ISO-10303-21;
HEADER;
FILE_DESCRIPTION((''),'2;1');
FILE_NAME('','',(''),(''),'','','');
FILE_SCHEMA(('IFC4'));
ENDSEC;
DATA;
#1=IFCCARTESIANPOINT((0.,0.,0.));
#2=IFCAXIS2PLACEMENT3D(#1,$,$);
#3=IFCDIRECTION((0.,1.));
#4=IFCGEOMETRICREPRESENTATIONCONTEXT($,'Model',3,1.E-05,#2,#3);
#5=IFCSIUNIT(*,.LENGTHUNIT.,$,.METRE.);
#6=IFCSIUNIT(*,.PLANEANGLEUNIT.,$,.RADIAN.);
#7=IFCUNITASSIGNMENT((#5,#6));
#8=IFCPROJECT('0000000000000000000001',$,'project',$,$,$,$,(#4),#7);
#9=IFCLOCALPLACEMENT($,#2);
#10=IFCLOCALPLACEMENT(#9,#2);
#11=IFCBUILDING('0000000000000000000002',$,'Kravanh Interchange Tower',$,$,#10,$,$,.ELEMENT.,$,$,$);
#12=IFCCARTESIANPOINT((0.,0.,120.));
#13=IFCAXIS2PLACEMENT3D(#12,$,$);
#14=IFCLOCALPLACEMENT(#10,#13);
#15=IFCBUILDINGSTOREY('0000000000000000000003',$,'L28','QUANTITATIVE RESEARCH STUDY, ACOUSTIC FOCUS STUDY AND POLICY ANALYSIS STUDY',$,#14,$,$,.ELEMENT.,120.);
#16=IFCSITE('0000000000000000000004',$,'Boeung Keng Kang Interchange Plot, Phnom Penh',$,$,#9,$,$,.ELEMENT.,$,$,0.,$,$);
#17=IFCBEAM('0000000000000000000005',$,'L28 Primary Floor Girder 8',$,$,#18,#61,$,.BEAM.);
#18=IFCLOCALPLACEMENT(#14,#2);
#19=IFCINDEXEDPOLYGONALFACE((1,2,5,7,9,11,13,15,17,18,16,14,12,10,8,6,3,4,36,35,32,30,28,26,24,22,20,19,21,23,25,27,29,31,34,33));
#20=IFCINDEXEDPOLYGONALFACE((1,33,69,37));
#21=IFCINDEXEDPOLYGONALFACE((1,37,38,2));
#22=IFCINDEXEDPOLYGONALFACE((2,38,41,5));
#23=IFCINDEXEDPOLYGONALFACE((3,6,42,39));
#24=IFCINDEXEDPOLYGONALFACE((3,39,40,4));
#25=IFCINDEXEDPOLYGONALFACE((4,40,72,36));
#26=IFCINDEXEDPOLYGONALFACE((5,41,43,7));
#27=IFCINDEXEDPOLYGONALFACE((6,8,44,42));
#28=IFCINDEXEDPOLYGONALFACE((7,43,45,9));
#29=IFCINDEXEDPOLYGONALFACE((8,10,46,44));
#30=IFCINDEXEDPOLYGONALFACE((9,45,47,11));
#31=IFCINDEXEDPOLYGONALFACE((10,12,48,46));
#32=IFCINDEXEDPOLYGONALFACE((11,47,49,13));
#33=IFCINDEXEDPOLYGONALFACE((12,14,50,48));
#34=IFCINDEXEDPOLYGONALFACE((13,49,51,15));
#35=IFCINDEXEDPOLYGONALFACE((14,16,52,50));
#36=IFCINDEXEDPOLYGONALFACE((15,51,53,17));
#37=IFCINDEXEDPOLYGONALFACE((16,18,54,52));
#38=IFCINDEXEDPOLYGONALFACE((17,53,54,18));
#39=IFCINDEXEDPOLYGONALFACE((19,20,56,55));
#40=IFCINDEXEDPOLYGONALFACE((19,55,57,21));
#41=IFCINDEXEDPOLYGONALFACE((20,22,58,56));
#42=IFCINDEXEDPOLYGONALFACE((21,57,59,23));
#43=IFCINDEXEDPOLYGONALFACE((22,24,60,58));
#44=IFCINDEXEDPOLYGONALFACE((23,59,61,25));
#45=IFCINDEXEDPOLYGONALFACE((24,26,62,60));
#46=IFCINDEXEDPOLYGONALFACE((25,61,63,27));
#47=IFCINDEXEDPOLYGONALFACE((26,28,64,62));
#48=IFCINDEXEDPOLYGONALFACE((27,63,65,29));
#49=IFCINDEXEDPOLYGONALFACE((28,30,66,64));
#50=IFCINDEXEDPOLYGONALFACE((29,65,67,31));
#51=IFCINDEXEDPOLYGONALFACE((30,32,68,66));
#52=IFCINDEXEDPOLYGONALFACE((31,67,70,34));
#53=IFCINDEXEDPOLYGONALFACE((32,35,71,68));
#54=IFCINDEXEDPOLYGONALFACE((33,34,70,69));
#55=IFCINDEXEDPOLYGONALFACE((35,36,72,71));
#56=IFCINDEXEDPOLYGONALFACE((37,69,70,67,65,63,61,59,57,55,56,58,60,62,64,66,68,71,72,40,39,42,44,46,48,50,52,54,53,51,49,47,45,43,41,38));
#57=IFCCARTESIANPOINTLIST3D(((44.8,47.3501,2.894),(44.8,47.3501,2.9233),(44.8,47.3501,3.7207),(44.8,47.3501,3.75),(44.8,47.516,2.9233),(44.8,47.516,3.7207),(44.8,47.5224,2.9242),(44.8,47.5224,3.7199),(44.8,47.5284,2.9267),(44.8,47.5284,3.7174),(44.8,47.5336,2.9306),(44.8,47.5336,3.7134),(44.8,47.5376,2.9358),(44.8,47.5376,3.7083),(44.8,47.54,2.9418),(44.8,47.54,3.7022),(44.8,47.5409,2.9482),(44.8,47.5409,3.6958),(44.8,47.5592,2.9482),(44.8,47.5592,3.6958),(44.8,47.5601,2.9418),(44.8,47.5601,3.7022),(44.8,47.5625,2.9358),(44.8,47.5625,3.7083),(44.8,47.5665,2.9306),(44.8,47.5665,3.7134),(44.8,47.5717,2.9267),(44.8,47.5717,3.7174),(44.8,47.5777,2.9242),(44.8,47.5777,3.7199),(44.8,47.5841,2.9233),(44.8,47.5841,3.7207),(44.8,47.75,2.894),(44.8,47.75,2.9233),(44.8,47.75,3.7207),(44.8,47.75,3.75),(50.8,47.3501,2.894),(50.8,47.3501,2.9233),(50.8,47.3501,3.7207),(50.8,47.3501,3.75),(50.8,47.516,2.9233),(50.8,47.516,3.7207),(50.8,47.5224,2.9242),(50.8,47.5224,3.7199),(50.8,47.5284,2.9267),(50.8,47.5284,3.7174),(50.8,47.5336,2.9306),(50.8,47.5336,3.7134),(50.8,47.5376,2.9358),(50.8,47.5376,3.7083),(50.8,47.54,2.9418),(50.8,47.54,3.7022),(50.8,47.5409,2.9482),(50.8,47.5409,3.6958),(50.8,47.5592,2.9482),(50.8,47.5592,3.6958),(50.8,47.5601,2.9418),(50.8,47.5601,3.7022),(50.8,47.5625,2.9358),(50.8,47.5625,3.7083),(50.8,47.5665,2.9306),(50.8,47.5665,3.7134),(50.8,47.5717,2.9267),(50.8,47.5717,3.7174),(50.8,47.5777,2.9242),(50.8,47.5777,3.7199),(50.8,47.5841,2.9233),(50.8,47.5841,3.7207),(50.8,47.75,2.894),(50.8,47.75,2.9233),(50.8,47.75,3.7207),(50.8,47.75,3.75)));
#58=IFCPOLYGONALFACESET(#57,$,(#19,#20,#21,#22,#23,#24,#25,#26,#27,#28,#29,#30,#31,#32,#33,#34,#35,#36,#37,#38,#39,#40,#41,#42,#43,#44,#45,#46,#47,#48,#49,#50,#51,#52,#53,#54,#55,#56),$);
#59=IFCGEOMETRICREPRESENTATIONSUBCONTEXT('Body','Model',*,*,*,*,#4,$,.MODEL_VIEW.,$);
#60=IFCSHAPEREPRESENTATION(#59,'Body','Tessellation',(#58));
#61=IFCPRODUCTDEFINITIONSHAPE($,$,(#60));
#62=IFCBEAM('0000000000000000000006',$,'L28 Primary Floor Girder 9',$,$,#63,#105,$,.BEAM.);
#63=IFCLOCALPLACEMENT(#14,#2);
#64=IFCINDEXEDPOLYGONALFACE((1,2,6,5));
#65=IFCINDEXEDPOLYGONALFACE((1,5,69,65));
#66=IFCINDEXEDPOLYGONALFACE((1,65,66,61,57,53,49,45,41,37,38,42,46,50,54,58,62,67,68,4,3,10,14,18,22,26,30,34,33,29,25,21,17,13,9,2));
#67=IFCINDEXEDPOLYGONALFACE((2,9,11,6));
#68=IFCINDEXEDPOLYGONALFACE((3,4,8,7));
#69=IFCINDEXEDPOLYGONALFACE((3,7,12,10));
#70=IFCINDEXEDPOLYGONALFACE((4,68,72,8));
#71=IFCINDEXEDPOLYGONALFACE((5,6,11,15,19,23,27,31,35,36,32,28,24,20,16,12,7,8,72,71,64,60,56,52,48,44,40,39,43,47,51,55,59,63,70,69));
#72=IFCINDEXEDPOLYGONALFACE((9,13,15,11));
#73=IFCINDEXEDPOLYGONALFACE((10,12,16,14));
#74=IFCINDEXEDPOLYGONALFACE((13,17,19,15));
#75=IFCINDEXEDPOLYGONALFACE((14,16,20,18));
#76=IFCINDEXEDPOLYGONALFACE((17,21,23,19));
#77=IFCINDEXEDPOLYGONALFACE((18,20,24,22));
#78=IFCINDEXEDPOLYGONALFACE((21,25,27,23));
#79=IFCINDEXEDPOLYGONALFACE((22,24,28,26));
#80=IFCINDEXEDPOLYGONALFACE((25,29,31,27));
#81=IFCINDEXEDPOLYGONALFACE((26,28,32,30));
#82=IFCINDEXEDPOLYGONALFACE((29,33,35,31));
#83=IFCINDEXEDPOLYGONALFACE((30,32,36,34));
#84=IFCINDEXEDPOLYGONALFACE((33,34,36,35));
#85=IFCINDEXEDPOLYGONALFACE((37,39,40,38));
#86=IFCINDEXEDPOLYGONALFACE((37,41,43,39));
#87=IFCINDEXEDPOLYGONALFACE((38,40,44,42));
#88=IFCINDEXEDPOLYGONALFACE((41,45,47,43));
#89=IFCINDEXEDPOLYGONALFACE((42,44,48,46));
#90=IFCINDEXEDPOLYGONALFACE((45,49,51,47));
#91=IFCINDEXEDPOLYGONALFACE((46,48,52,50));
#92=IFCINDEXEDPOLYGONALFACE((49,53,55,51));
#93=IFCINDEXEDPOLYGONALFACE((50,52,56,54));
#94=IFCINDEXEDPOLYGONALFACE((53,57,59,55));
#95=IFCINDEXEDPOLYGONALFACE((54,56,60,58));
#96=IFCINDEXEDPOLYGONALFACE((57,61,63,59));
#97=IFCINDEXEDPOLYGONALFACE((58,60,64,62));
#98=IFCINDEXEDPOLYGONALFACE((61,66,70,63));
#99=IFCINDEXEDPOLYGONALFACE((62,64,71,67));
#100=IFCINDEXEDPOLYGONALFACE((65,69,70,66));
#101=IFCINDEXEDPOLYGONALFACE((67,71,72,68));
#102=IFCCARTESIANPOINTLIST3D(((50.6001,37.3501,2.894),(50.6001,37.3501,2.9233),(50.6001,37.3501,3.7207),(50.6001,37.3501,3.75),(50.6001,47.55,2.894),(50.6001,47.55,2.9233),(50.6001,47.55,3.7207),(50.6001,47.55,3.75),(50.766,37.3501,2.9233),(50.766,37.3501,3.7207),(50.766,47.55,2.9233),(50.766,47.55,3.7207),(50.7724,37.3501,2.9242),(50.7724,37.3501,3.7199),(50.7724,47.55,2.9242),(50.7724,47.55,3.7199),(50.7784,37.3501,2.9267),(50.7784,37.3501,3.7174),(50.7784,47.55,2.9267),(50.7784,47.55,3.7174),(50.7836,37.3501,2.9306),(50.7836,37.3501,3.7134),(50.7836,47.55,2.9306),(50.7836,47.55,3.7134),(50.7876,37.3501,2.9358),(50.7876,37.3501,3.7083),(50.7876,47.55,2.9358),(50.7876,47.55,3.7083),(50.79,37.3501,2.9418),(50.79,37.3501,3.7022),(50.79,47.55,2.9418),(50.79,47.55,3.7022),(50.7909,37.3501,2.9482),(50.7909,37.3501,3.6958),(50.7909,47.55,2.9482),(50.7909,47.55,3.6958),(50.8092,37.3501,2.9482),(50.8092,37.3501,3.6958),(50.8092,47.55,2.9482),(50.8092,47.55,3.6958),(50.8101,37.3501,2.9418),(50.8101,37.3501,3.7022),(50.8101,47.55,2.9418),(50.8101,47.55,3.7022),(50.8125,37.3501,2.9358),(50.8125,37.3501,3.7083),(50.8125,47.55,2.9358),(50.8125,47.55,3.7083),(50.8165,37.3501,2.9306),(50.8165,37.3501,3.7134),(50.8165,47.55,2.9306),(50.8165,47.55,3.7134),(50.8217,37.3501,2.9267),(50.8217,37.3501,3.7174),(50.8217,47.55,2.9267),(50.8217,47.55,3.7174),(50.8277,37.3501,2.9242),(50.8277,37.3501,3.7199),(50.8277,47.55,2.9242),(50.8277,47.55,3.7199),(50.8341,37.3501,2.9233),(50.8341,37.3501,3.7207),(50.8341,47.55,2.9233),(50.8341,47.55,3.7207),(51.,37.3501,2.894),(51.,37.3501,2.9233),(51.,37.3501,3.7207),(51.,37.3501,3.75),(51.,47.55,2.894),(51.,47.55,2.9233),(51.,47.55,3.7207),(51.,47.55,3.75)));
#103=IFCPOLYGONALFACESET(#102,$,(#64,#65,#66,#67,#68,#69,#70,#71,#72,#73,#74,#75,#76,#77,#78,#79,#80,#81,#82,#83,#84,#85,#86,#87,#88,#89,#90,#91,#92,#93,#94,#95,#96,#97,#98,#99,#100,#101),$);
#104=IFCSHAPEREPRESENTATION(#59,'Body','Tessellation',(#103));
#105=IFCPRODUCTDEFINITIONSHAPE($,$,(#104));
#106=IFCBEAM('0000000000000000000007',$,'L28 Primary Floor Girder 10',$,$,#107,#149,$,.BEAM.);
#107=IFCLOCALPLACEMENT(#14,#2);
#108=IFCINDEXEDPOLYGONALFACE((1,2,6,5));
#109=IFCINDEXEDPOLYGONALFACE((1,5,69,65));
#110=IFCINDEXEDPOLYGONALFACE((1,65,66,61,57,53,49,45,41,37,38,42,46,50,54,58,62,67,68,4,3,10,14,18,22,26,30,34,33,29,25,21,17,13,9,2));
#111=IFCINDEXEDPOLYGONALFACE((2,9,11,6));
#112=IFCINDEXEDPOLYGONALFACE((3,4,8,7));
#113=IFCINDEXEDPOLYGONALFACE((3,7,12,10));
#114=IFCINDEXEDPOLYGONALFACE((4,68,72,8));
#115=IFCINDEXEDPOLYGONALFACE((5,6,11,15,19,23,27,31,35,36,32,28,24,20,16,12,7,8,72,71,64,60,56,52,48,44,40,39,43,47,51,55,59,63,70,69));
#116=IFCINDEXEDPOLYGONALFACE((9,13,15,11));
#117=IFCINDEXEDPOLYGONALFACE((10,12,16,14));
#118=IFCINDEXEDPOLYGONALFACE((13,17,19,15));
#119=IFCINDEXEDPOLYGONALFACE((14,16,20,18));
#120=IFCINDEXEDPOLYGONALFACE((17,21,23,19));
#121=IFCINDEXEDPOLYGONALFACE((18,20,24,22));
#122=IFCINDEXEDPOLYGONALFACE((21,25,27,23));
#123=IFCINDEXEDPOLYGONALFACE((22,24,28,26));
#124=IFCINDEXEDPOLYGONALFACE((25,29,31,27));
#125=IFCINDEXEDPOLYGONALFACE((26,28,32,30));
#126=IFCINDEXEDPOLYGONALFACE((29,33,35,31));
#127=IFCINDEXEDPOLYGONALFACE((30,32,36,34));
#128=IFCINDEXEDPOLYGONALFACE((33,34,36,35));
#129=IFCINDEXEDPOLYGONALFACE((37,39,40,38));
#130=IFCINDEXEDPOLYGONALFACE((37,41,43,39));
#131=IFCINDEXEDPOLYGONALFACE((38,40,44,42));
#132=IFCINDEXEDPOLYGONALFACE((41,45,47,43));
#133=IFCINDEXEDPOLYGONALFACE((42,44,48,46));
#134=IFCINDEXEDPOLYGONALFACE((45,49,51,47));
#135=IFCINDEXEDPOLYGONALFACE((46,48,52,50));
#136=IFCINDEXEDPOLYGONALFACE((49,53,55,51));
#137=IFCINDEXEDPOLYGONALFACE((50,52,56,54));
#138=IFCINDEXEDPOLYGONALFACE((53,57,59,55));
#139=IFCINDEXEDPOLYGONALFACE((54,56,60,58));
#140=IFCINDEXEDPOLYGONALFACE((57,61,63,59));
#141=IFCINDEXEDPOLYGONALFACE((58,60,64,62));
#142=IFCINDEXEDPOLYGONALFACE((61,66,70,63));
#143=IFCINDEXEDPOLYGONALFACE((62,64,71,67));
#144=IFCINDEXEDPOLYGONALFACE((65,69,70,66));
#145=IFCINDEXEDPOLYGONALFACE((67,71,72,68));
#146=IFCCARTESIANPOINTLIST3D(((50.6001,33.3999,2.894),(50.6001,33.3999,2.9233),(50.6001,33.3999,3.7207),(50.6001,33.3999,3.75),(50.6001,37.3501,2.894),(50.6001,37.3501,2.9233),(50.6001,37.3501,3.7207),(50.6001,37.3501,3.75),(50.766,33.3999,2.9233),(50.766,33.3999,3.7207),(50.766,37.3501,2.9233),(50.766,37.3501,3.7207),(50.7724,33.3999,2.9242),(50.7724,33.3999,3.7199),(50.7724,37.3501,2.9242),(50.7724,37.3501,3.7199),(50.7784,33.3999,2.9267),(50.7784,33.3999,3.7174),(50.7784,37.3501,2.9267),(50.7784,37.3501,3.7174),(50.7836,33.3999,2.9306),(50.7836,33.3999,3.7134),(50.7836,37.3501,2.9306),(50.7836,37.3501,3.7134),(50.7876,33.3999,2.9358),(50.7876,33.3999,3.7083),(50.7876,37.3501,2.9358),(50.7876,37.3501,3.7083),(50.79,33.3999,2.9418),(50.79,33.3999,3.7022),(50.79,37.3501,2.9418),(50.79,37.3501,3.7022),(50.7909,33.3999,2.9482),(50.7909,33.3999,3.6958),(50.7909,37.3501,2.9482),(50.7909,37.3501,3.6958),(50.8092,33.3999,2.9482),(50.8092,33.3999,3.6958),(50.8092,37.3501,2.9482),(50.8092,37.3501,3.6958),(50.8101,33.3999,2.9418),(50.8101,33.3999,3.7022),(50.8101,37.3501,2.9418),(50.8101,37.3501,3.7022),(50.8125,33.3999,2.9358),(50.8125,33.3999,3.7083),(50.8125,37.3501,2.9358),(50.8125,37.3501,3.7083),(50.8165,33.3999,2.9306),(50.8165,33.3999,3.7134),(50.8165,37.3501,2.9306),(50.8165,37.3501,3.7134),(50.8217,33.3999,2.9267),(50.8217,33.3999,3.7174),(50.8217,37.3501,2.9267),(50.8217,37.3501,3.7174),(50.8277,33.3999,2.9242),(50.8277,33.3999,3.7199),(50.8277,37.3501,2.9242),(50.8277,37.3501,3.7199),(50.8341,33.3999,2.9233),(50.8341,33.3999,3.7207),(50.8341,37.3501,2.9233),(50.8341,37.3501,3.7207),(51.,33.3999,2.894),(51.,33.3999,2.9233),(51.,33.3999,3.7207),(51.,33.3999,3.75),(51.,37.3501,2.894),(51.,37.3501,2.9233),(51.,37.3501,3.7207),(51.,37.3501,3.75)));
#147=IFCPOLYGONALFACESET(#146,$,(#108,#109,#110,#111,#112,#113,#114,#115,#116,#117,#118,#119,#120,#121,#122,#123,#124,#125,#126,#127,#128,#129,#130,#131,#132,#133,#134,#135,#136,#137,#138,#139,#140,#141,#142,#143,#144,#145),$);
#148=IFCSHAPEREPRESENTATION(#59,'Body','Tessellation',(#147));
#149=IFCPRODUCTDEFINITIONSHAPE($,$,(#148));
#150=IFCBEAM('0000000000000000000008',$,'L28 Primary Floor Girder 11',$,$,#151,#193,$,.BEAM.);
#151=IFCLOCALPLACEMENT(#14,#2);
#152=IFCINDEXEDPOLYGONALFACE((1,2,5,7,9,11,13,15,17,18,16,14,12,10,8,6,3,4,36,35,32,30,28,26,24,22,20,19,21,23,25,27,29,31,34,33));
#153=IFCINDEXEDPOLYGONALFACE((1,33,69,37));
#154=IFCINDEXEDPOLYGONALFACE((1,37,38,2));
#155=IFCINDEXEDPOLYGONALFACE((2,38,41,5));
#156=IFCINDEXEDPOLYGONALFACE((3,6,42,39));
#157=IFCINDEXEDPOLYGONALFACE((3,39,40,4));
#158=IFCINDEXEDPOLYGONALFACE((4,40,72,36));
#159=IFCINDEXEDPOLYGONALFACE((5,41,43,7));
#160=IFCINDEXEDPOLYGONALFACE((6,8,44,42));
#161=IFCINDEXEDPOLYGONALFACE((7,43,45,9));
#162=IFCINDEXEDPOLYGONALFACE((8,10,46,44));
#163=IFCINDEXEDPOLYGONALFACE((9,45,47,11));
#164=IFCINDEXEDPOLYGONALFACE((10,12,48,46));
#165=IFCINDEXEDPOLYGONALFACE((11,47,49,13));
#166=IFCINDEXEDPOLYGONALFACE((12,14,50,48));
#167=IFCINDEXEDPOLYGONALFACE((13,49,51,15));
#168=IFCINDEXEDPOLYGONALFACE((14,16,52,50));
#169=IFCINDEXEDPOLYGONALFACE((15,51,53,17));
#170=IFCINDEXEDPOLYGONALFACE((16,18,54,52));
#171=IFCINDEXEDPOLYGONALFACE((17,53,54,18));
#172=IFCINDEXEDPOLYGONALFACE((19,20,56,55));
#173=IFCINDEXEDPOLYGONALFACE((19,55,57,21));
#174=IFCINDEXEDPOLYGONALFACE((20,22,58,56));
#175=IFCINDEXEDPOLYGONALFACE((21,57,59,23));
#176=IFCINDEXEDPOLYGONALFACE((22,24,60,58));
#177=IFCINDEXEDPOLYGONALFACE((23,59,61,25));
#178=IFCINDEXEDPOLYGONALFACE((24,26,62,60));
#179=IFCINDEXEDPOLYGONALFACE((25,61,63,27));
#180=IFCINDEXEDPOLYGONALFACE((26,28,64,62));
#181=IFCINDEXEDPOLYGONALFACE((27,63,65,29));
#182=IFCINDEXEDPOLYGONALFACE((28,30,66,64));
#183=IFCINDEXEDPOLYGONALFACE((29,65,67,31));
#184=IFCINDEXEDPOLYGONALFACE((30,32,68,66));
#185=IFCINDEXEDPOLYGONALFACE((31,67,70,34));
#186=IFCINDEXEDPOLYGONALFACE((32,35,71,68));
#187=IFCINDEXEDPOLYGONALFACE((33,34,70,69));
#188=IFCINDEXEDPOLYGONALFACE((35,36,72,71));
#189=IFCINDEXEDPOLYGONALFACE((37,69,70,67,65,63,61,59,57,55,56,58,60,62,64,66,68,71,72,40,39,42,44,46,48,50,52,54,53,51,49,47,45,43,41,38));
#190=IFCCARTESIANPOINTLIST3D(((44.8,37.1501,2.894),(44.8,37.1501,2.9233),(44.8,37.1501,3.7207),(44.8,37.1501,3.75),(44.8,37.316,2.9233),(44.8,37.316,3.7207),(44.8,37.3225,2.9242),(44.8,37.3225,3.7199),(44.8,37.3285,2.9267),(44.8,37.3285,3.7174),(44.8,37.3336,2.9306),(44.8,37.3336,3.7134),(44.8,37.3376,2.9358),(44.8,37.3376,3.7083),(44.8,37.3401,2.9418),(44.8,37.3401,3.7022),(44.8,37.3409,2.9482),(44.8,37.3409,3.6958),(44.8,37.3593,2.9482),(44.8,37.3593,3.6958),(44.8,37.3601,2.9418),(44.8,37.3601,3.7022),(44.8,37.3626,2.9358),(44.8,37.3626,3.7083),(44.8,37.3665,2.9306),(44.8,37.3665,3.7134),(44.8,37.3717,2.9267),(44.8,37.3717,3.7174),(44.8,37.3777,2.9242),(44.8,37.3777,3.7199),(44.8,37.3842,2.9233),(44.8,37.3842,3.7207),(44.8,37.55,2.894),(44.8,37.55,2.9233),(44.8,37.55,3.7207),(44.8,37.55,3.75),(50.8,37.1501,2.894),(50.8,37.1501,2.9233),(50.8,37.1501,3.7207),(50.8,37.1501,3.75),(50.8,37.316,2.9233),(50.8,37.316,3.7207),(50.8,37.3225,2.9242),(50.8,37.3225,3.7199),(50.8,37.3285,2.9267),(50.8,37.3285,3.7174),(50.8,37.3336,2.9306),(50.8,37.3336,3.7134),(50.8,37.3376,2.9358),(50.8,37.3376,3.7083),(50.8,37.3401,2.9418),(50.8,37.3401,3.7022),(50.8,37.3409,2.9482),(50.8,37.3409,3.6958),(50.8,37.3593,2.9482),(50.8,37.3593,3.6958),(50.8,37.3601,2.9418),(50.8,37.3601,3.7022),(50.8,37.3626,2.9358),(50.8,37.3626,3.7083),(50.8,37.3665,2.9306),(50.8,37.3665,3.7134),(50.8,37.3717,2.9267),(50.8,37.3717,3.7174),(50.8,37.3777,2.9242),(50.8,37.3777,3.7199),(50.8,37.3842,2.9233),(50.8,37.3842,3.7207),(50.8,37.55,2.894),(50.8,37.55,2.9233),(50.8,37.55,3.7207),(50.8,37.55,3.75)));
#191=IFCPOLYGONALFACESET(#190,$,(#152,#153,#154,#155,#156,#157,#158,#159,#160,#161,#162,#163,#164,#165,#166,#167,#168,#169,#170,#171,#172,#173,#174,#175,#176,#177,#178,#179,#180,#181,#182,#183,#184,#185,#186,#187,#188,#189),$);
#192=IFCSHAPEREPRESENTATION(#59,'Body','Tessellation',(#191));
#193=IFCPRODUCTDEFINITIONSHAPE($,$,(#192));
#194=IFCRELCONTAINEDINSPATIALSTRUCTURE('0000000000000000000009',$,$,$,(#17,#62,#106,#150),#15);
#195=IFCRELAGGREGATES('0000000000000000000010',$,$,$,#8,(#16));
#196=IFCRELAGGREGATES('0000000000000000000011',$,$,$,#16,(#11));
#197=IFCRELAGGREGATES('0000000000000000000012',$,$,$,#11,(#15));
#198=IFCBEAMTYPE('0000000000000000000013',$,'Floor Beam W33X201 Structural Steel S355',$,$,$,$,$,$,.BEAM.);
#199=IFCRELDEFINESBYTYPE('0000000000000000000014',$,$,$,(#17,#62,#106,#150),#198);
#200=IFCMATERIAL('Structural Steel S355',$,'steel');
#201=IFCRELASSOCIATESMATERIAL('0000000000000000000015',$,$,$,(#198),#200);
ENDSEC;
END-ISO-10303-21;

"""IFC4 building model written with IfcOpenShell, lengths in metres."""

from ifc_helpers import new_model, si_unit, direction, frame, origin, origin_2d, place, context, subcontext, project, spatial, i_section, extrude, material, material_profile, profile_set, type_object, element, save


model = new_model("IFC4")

# Units and contexts
model_context = context("Model", 3, precision=1e-05, world=origin(), true_north=direction((0.0, 1.0)))
body_context = subcontext(model_context, "Body", "Model", "MODEL_VIEW")
ifc_project = project(units=[si_unit("LENGTHUNIT", "METRE"), si_unit("PLANEANGLEUNIT", "RADIAN")], contexts=[model_context])

# Site, building, storey
site_placement = place(None, origin())
site = spatial("IfcSite", under=ifc_project, at=site_placement, Name="Boeung Keng Kang Interchange Plot, Phnom Penh", CompositionType="ELEMENT", RefElevation=0.0)
building_placement = place(site_placement, origin())
building = spatial("IfcBuilding", under=site, at=building_placement, Name="Kravanh Interchange Tower", CompositionType="ELEMENT")
storey_placement = place(building_placement, frame((0.0, 0.0, 120.0)))
storey = spatial("IfcBuildingStorey", under=building, at=storey_placement, Name="L28", Description="QUANTITATIVE RESEARCH STUDY, ACOUSTIC FOCUS STUDY AND POLICY ANALYSIS STUDY", CompositionType="ELEMENT", Elevation=120.0)

# Beams
ifc_material_1 = material(Name="Structural Steel S355", Category="steel")
ifc_material_profile_1 = material_profile(ifc_material_1, i_section(OverallWidth=0.3999, OverallDepth=0.856, WebThickness=0.0183, FlangeThickness=0.0293, FilletRadius=0.0249, at=origin_2d()), Name="W33X201")
ifc_profile_set_1 = profile_set([ifc_material_profile_1], Name="Structural Steel S355")
beam_type_1 = type_object("IfcBeamType", Name="Floor Beam W33X201 Structural Steel S355", PredefinedType="BEAM", material=ifc_profile_set_1)
beam_1_placement = place(storey_placement, frame((50.8, 47.55, 3.322), z_axis=(-1.0, 0.0, 0.0), x_axis=(0.0, -1.0, 0.0)))
element("IfcBeam", 1, at=beam_1_placement, inside=storey, type_object=beam_type_1, Name="L28 Primary Floor Girder 8", PredefinedType="BEAM", context=body_context, shape_type="SweptSolid", body=[
    extrude(i_section(OverallWidth=0.3999, OverallDepth=0.856, WebThickness=0.0183, FlangeThickness=0.0293, FilletRadius=0.0249, at=origin_2d()), origin(), (0.0, 0.0, 1.0), 6.0),
])
beam_2_placement = place(storey_placement, frame((50.8, 47.55, 3.322), z_axis=(0.0, -1.0, 0.0), x_axis=(1.0, 0.0, 0.0)))
element("IfcBeam", 2, at=beam_2_placement, inside=storey, type_object=beam_type_1, Name="L28 Primary Floor Girder 9", PredefinedType="BEAM", context=body_context, shape_type="SweptSolid", body=[
    extrude(i_section(OverallWidth=0.3999, OverallDepth=0.856, WebThickness=0.0183, FlangeThickness=0.0293, FilletRadius=0.0249, at=origin_2d()), origin(), (0.0, 0.0, 1.0), 10.2),
])
beam_3_placement = place(storey_placement, frame((50.8, 37.3501, 3.322), z_axis=(0.0, -1.0, 0.0), x_axis=(1.0, 0.0, 0.0)))
element("IfcBeam", 3, at=beam_3_placement, inside=storey, type_object=beam_type_1, Name="L28 Primary Floor Girder 10", PredefinedType="BEAM", context=body_context, shape_type="SweptSolid", body=[
    extrude(i_section(OverallWidth=0.3999, OverallDepth=0.856, WebThickness=0.0183, FlangeThickness=0.0293, FilletRadius=0.0249, at=origin_2d()), origin(), (0.0, 0.0, 1.0), 3.9502),
])
beam_4_placement = place(storey_placement, frame((50.8, 37.3501, 3.322), z_axis=(-1.0, 0.0, 0.0), x_axis=(0.0, -1.0, 0.0)))
element("IfcBeam", 4, at=beam_4_placement, inside=storey, type_object=beam_type_1, Name="L28 Primary Floor Girder 11", PredefinedType="BEAM", context=body_context, shape_type="SweptSolid", body=[
    extrude(i_section(OverallWidth=0.3999, OverallDepth=0.856, WebThickness=0.0183, FlangeThickness=0.0293, FilletRadius=0.0249, at=origin_2d()), origin(), (0.0, 0.0, 1.0), 6.0),
])

save(model, "model.ifc")
